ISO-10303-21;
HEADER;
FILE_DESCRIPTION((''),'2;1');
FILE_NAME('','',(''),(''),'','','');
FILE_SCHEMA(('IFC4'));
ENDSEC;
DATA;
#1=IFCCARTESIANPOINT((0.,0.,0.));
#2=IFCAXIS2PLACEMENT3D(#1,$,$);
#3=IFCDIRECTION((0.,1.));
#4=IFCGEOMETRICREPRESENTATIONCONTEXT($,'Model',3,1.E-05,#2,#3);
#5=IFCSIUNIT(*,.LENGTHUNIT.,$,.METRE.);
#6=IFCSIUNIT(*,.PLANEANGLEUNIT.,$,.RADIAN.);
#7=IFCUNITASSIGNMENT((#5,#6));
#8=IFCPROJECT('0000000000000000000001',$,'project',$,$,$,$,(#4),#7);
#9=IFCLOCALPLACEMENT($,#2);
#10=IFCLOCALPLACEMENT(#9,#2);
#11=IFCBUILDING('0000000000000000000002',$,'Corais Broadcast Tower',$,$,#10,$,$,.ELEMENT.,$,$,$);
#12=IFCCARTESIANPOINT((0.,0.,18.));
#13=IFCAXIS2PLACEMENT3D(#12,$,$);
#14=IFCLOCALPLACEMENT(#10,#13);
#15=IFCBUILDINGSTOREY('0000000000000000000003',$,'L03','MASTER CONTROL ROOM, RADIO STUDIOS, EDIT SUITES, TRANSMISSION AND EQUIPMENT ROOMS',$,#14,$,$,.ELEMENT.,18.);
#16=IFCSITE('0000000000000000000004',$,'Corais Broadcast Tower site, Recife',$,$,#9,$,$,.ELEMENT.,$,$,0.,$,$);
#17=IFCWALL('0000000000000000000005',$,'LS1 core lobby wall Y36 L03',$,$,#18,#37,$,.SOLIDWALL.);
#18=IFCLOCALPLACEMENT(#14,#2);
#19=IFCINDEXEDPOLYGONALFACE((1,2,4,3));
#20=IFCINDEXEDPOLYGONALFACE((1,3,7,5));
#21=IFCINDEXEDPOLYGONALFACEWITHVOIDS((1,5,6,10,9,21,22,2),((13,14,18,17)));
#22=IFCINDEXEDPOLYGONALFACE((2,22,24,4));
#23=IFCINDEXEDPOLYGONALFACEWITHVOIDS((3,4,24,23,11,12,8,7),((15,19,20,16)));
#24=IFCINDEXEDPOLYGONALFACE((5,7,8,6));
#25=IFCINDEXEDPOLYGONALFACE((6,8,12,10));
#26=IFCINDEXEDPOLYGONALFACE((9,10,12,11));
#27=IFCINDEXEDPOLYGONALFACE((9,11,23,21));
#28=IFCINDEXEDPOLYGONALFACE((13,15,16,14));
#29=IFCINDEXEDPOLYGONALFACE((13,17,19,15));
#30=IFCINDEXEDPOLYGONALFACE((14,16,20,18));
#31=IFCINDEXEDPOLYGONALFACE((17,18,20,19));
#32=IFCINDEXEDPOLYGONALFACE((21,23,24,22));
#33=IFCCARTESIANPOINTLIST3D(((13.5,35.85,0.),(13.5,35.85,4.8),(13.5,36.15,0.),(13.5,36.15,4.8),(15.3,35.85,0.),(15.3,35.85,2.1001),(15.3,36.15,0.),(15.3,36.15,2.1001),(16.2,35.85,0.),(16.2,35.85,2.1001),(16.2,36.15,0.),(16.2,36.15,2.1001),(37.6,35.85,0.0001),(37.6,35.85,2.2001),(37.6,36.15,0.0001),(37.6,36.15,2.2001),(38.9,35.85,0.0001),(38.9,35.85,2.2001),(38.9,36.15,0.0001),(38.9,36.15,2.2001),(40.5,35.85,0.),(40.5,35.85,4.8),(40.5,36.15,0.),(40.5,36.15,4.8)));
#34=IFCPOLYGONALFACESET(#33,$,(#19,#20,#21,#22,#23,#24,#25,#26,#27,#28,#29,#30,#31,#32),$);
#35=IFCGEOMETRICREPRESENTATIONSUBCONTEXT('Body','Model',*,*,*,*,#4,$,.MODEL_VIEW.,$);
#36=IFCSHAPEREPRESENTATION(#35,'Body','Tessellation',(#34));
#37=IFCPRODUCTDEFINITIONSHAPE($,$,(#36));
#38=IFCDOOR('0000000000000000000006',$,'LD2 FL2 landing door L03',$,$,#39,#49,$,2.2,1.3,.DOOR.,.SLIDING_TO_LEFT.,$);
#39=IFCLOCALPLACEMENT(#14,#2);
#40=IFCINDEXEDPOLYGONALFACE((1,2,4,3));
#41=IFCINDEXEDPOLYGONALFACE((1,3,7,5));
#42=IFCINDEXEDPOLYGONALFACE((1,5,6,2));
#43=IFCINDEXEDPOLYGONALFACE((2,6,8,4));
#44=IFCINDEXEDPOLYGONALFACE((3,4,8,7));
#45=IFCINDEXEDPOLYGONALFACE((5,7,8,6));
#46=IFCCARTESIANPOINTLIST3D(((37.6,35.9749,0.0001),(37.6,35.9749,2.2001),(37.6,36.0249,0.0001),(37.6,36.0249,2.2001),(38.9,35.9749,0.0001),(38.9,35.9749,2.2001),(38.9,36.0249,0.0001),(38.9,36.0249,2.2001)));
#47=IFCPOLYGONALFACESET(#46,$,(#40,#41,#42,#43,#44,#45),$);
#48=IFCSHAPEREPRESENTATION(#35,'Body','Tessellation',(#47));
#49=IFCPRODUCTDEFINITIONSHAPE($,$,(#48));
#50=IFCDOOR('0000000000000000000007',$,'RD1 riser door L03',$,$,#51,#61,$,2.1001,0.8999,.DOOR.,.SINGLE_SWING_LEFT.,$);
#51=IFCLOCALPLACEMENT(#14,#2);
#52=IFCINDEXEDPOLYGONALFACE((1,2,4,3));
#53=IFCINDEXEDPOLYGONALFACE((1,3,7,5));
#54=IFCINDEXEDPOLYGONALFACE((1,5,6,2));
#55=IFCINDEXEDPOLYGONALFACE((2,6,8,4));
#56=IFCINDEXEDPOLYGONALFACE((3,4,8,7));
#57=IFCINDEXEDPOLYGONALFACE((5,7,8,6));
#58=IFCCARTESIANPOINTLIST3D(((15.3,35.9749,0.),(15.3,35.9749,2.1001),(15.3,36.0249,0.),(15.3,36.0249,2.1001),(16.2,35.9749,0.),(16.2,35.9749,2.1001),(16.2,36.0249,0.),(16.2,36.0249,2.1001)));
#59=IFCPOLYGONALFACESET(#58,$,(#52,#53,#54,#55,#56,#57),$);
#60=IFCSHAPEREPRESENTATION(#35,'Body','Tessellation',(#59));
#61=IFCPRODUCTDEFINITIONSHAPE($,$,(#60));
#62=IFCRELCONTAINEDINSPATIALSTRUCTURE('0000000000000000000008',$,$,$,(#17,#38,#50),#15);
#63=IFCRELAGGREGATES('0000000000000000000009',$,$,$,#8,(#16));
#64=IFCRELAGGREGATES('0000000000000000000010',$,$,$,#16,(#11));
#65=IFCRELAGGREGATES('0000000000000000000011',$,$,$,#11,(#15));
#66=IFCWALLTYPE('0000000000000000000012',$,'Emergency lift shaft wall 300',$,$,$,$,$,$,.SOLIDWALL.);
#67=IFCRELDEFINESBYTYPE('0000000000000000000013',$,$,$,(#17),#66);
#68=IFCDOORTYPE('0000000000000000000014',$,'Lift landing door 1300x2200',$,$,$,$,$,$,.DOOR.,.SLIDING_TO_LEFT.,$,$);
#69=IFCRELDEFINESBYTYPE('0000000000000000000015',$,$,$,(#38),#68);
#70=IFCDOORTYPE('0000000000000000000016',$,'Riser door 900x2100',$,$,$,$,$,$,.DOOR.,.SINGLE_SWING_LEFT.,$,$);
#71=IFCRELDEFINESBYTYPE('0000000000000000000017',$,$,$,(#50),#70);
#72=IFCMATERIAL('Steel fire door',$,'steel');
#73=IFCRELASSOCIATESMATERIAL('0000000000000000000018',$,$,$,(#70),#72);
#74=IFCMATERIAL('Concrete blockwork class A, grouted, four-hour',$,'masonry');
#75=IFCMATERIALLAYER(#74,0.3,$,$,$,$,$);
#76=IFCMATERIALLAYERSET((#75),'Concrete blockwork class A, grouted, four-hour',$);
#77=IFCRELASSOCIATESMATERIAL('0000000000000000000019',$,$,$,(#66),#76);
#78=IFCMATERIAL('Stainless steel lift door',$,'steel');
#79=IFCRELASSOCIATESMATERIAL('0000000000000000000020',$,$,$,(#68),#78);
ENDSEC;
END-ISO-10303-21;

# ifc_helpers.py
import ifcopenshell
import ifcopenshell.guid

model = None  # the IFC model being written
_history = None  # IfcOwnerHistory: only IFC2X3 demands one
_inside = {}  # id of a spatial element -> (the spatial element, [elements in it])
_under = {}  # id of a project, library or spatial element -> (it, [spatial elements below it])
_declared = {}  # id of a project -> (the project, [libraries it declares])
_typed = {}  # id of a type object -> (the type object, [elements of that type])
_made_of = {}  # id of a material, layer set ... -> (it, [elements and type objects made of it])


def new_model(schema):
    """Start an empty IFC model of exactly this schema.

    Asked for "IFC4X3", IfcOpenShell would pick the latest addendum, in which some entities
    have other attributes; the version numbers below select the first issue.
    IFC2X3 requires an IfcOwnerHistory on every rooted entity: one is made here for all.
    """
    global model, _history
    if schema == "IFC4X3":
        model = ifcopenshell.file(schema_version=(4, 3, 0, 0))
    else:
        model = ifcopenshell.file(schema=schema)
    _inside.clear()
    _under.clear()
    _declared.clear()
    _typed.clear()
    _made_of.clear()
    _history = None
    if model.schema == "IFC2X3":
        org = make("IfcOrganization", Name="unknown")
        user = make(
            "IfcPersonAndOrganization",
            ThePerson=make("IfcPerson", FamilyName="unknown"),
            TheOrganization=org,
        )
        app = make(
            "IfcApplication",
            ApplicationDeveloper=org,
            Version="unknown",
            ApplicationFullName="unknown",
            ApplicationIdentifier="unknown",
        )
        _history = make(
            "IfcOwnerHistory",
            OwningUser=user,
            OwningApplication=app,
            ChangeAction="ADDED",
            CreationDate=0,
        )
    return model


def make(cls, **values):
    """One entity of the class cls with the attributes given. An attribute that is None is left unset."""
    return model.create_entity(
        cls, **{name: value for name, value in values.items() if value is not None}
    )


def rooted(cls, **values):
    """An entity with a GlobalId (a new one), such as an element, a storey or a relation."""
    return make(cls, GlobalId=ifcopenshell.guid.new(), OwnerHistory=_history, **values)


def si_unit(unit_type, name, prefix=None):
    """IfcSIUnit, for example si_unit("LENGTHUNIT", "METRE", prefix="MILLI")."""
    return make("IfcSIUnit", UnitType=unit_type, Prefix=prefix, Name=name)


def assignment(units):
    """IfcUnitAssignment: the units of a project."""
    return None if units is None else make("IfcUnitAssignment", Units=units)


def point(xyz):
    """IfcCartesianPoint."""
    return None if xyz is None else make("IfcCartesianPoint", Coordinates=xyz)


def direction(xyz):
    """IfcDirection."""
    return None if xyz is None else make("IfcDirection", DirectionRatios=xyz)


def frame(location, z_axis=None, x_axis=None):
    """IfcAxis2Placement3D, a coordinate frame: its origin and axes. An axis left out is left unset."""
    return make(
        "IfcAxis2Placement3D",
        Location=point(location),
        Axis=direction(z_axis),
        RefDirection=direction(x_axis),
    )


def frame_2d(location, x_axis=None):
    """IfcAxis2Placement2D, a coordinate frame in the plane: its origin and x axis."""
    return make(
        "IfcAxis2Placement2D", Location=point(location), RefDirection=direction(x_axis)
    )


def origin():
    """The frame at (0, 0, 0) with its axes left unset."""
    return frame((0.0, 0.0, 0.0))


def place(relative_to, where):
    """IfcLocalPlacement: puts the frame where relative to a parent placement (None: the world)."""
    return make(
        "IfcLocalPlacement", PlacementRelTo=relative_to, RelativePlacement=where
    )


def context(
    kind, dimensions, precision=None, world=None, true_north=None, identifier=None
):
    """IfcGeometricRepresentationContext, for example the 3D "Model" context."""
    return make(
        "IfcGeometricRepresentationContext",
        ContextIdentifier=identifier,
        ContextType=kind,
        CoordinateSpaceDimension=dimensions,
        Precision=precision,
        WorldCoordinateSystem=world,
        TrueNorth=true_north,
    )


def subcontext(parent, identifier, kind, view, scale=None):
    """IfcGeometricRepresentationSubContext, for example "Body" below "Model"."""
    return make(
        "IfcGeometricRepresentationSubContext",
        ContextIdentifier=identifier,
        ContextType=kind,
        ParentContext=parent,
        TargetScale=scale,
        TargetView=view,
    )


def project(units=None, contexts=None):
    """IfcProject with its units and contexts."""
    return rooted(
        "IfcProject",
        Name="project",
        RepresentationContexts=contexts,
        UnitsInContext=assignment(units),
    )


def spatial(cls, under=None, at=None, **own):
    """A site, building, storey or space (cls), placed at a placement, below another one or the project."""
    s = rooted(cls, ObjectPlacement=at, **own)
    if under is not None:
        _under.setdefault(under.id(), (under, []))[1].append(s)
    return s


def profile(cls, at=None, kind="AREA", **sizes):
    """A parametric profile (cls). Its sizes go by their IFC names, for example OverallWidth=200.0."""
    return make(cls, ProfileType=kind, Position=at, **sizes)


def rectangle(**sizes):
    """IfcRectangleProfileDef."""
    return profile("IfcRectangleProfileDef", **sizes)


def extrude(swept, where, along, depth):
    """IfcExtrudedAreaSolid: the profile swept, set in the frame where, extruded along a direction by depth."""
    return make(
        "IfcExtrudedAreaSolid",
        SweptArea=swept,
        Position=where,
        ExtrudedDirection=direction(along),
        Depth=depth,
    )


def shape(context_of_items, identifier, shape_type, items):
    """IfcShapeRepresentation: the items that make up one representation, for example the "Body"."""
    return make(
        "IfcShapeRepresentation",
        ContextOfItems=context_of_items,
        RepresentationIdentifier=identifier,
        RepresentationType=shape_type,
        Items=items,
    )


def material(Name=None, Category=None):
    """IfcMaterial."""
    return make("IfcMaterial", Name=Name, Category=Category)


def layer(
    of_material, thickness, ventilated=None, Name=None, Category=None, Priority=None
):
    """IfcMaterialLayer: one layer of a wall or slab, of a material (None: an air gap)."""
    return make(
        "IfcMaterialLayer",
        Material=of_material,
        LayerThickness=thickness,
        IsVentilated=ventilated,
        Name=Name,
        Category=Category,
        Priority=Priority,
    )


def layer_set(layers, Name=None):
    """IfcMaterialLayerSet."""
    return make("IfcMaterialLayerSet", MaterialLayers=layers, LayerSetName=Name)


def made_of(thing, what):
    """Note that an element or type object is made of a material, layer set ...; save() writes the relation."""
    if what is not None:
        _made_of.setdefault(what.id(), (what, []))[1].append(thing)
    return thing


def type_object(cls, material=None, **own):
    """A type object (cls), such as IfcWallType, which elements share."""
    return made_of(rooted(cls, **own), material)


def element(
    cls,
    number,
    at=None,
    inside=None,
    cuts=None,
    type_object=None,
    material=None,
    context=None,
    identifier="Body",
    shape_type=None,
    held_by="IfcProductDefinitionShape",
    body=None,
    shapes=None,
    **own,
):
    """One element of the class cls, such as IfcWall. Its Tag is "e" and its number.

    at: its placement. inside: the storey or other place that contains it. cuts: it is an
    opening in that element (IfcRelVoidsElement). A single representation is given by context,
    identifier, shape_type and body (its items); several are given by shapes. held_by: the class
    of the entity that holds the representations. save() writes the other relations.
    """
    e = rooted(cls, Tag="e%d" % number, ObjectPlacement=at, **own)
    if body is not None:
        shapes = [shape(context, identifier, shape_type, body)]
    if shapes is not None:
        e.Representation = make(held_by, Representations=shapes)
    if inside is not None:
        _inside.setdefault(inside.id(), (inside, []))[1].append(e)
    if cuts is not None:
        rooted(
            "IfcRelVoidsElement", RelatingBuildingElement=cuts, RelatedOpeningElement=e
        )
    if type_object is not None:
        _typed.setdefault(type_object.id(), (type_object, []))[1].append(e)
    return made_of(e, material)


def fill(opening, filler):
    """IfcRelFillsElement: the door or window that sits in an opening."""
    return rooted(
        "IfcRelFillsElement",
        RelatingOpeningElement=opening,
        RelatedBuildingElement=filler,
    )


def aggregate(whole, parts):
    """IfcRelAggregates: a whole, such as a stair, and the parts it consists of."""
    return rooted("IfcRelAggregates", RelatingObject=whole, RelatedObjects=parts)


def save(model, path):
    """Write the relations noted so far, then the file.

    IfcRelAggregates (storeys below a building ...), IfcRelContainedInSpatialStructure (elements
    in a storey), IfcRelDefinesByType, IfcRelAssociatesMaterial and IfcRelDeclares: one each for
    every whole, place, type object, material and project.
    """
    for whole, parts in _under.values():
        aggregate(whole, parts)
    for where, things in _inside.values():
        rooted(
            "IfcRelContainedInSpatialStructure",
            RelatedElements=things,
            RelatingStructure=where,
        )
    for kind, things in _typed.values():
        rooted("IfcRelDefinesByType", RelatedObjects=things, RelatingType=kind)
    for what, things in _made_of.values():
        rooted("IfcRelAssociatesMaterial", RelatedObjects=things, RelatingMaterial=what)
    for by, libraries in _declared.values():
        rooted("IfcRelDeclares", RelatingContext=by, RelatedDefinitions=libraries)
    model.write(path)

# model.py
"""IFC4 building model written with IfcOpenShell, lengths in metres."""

from ifc_helpers import new_model, si_unit, direction, frame, frame_2d, origin, place, context, subcontext, project, spatial, rectangle, extrude, material, layer, layer_set, type_object, element, fill, save


model = new_model("IFC4")

# Units and contexts
model_context = context("Model", 3, precision=1e-05, world=origin(), true_north=direction((0.0, 1.0)))
body_context = subcontext(model_context, "Body", "Model", "MODEL_VIEW")
ifc_project = project(units=[si_unit("LENGTHUNIT", "METRE"), si_unit("PLANEANGLEUNIT", "RADIAN")], contexts=[model_context])

# Site, building, storey
site_placement = place(None, origin())
site = spatial("IfcSite", under=ifc_project, at=site_placement, Name="Corais Broadcast Tower site, Recife", CompositionType="ELEMENT", RefElevation=0.0)
building_placement = place(site_placement, origin())
building = spatial("IfcBuilding", under=site, at=building_placement, Name="Corais Broadcast Tower", CompositionType="ELEMENT")
storey_placement = place(building_placement, frame((0.0, 0.0, 18.0)))
storey = spatial("IfcBuildingStorey", under=building, at=storey_placement, Name="L03", Description="MASTER CONTROL ROOM, RADIO STUDIOS, EDIT SUITES, TRANSMISSION AND EQUIPMENT ROOMS", CompositionType="ELEMENT", Elevation=18.0)

# Wall, openings, doors
ifc_material_1 = material(Name="Steel fire door", Category="steel")
door_type_1 = type_object("IfcDoorType", Name="Riser door 900x2100", OperationType="SINGLE_SWING_LEFT", PredefinedType="DOOR", material=ifc_material_1)
ifc_material_2 = material(Name="Concrete blockwork class A, grouted, four-hour", Category="masonry")
ifc_layer_1 = layer(ifc_material_2, 0.3)
ifc_layer_set_1 = layer_set([ifc_layer_1], Name="Concrete blockwork class A, grouted, four-hour")
wall_type_1 = type_object("IfcWallType", Name="Emergency lift shaft wall 300", PredefinedType="SOLIDWALL", material=ifc_layer_set_1)
wall_1_placement = place(storey_placement, frame((13.5, 36.0, 0.0), z_axis=(0.0, 0.0, 1.0), x_axis=(1.0, 0.0, 0.0)))
wall_1 = element("IfcWall", 1, at=wall_1_placement, inside=storey, type_object=wall_type_1, Name="LS1 core lobby wall Y36 L03", PredefinedType="SOLIDWALL", context=body_context, shape_type="SweptSolid", body=[
    extrude(rectangle(XDim=27.0, YDim=0.3, at=frame_2d((13.5, 0.0))), origin(), (0.0, 0.0, 1.0), 4.8),
])
opening_1_placement = place(wall_1_placement, frame((1.8, 0.0, 0.0)))
opening_1 = element("IfcOpeningElement", 2, at=opening_1_placement, cuts=wall_1, PredefinedType="OPENING", context=body_context, shape_type="SweptSolid", body=[
    extrude(rectangle(XDim=0.8999, YDim=2.1001, at=frame_2d((0.45, 1.05))), frame((0.0, 0.1599, 0.0), z_axis=(0.0, -1.0, 0.0), x_axis=(1.0, 0.0, 0.0)), (0.0, 0.0, 1.0), 0.3201),
])
opening_2_placement = place(wall_1_placement, frame((24.1001, 0.0, 0.0)))
opening_2 = element("IfcOpeningElement", 3, at=opening_2_placement, cuts=wall_1, PredefinedType="OPENING", context=body_context, shape_type="SweptSolid", body=[
    extrude(rectangle(XDim=1.3, YDim=2.2, at=frame_2d((0.6499, 1.1001))), frame((0.0, 0.1599, 0.0), z_axis=(0.0, -1.0, 0.0), x_axis=(1.0, 0.0, 0.0)), (0.0, 0.0, 1.0), 0.3201),
])
ifc_material_3 = material(Name="Stainless steel lift door", Category="steel")
door_type_2 = type_object("IfcDoorType", Name="Lift landing door 1300x2200", OperationType="SLIDING_TO_LEFT", PredefinedType="DOOR", material=ifc_material_3)
door_1_placement = place(opening_2_placement, origin())
door_1 = element("IfcDoor", 4, at=door_1_placement, inside=storey, type_object=door_type_2, Name="LD2 FL2 landing door L03", OperationType="SLIDING_TO_LEFT", OverallHeight=2.2, OverallWidth=1.3, PredefinedType="DOOR", context=body_context, shape_type="SweptSolid", body=[
    extrude(rectangle(XDim=1.3, YDim=2.2, at=frame_2d((0.6499, 1.1001))), frame((0.0, 0.0249, 0.0), z_axis=(0.0, -1.0, 0.0), x_axis=(1.0, 0.0, 0.0)), (0.0, 0.0, 1.0), 0.05),
])
fill(opening_2, door_1)
door_2_placement = place(opening_1_placement, origin())
door_2 = element("IfcDoor", 5, at=door_2_placement, inside=storey, type_object=door_type_1, Name="RD1 riser door L03", OperationType="SINGLE_SWING_LEFT", OverallHeight=2.1001, OverallWidth=0.8999, PredefinedType="DOOR", context=body_context, shape_type="SweptSolid", body=[
    extrude(rectangle(XDim=0.8999, YDim=2.1001, at=frame_2d((0.45, 1.05))), frame((0.0, 0.0249, 0.0), z_axis=(0.0, -1.0, 0.0), x_axis=(1.0, 0.0, 0.0)), (0.0, 0.0, 1.0), 0.05),
])
fill(opening_1, door_2)

save(model, "model.ifc")
